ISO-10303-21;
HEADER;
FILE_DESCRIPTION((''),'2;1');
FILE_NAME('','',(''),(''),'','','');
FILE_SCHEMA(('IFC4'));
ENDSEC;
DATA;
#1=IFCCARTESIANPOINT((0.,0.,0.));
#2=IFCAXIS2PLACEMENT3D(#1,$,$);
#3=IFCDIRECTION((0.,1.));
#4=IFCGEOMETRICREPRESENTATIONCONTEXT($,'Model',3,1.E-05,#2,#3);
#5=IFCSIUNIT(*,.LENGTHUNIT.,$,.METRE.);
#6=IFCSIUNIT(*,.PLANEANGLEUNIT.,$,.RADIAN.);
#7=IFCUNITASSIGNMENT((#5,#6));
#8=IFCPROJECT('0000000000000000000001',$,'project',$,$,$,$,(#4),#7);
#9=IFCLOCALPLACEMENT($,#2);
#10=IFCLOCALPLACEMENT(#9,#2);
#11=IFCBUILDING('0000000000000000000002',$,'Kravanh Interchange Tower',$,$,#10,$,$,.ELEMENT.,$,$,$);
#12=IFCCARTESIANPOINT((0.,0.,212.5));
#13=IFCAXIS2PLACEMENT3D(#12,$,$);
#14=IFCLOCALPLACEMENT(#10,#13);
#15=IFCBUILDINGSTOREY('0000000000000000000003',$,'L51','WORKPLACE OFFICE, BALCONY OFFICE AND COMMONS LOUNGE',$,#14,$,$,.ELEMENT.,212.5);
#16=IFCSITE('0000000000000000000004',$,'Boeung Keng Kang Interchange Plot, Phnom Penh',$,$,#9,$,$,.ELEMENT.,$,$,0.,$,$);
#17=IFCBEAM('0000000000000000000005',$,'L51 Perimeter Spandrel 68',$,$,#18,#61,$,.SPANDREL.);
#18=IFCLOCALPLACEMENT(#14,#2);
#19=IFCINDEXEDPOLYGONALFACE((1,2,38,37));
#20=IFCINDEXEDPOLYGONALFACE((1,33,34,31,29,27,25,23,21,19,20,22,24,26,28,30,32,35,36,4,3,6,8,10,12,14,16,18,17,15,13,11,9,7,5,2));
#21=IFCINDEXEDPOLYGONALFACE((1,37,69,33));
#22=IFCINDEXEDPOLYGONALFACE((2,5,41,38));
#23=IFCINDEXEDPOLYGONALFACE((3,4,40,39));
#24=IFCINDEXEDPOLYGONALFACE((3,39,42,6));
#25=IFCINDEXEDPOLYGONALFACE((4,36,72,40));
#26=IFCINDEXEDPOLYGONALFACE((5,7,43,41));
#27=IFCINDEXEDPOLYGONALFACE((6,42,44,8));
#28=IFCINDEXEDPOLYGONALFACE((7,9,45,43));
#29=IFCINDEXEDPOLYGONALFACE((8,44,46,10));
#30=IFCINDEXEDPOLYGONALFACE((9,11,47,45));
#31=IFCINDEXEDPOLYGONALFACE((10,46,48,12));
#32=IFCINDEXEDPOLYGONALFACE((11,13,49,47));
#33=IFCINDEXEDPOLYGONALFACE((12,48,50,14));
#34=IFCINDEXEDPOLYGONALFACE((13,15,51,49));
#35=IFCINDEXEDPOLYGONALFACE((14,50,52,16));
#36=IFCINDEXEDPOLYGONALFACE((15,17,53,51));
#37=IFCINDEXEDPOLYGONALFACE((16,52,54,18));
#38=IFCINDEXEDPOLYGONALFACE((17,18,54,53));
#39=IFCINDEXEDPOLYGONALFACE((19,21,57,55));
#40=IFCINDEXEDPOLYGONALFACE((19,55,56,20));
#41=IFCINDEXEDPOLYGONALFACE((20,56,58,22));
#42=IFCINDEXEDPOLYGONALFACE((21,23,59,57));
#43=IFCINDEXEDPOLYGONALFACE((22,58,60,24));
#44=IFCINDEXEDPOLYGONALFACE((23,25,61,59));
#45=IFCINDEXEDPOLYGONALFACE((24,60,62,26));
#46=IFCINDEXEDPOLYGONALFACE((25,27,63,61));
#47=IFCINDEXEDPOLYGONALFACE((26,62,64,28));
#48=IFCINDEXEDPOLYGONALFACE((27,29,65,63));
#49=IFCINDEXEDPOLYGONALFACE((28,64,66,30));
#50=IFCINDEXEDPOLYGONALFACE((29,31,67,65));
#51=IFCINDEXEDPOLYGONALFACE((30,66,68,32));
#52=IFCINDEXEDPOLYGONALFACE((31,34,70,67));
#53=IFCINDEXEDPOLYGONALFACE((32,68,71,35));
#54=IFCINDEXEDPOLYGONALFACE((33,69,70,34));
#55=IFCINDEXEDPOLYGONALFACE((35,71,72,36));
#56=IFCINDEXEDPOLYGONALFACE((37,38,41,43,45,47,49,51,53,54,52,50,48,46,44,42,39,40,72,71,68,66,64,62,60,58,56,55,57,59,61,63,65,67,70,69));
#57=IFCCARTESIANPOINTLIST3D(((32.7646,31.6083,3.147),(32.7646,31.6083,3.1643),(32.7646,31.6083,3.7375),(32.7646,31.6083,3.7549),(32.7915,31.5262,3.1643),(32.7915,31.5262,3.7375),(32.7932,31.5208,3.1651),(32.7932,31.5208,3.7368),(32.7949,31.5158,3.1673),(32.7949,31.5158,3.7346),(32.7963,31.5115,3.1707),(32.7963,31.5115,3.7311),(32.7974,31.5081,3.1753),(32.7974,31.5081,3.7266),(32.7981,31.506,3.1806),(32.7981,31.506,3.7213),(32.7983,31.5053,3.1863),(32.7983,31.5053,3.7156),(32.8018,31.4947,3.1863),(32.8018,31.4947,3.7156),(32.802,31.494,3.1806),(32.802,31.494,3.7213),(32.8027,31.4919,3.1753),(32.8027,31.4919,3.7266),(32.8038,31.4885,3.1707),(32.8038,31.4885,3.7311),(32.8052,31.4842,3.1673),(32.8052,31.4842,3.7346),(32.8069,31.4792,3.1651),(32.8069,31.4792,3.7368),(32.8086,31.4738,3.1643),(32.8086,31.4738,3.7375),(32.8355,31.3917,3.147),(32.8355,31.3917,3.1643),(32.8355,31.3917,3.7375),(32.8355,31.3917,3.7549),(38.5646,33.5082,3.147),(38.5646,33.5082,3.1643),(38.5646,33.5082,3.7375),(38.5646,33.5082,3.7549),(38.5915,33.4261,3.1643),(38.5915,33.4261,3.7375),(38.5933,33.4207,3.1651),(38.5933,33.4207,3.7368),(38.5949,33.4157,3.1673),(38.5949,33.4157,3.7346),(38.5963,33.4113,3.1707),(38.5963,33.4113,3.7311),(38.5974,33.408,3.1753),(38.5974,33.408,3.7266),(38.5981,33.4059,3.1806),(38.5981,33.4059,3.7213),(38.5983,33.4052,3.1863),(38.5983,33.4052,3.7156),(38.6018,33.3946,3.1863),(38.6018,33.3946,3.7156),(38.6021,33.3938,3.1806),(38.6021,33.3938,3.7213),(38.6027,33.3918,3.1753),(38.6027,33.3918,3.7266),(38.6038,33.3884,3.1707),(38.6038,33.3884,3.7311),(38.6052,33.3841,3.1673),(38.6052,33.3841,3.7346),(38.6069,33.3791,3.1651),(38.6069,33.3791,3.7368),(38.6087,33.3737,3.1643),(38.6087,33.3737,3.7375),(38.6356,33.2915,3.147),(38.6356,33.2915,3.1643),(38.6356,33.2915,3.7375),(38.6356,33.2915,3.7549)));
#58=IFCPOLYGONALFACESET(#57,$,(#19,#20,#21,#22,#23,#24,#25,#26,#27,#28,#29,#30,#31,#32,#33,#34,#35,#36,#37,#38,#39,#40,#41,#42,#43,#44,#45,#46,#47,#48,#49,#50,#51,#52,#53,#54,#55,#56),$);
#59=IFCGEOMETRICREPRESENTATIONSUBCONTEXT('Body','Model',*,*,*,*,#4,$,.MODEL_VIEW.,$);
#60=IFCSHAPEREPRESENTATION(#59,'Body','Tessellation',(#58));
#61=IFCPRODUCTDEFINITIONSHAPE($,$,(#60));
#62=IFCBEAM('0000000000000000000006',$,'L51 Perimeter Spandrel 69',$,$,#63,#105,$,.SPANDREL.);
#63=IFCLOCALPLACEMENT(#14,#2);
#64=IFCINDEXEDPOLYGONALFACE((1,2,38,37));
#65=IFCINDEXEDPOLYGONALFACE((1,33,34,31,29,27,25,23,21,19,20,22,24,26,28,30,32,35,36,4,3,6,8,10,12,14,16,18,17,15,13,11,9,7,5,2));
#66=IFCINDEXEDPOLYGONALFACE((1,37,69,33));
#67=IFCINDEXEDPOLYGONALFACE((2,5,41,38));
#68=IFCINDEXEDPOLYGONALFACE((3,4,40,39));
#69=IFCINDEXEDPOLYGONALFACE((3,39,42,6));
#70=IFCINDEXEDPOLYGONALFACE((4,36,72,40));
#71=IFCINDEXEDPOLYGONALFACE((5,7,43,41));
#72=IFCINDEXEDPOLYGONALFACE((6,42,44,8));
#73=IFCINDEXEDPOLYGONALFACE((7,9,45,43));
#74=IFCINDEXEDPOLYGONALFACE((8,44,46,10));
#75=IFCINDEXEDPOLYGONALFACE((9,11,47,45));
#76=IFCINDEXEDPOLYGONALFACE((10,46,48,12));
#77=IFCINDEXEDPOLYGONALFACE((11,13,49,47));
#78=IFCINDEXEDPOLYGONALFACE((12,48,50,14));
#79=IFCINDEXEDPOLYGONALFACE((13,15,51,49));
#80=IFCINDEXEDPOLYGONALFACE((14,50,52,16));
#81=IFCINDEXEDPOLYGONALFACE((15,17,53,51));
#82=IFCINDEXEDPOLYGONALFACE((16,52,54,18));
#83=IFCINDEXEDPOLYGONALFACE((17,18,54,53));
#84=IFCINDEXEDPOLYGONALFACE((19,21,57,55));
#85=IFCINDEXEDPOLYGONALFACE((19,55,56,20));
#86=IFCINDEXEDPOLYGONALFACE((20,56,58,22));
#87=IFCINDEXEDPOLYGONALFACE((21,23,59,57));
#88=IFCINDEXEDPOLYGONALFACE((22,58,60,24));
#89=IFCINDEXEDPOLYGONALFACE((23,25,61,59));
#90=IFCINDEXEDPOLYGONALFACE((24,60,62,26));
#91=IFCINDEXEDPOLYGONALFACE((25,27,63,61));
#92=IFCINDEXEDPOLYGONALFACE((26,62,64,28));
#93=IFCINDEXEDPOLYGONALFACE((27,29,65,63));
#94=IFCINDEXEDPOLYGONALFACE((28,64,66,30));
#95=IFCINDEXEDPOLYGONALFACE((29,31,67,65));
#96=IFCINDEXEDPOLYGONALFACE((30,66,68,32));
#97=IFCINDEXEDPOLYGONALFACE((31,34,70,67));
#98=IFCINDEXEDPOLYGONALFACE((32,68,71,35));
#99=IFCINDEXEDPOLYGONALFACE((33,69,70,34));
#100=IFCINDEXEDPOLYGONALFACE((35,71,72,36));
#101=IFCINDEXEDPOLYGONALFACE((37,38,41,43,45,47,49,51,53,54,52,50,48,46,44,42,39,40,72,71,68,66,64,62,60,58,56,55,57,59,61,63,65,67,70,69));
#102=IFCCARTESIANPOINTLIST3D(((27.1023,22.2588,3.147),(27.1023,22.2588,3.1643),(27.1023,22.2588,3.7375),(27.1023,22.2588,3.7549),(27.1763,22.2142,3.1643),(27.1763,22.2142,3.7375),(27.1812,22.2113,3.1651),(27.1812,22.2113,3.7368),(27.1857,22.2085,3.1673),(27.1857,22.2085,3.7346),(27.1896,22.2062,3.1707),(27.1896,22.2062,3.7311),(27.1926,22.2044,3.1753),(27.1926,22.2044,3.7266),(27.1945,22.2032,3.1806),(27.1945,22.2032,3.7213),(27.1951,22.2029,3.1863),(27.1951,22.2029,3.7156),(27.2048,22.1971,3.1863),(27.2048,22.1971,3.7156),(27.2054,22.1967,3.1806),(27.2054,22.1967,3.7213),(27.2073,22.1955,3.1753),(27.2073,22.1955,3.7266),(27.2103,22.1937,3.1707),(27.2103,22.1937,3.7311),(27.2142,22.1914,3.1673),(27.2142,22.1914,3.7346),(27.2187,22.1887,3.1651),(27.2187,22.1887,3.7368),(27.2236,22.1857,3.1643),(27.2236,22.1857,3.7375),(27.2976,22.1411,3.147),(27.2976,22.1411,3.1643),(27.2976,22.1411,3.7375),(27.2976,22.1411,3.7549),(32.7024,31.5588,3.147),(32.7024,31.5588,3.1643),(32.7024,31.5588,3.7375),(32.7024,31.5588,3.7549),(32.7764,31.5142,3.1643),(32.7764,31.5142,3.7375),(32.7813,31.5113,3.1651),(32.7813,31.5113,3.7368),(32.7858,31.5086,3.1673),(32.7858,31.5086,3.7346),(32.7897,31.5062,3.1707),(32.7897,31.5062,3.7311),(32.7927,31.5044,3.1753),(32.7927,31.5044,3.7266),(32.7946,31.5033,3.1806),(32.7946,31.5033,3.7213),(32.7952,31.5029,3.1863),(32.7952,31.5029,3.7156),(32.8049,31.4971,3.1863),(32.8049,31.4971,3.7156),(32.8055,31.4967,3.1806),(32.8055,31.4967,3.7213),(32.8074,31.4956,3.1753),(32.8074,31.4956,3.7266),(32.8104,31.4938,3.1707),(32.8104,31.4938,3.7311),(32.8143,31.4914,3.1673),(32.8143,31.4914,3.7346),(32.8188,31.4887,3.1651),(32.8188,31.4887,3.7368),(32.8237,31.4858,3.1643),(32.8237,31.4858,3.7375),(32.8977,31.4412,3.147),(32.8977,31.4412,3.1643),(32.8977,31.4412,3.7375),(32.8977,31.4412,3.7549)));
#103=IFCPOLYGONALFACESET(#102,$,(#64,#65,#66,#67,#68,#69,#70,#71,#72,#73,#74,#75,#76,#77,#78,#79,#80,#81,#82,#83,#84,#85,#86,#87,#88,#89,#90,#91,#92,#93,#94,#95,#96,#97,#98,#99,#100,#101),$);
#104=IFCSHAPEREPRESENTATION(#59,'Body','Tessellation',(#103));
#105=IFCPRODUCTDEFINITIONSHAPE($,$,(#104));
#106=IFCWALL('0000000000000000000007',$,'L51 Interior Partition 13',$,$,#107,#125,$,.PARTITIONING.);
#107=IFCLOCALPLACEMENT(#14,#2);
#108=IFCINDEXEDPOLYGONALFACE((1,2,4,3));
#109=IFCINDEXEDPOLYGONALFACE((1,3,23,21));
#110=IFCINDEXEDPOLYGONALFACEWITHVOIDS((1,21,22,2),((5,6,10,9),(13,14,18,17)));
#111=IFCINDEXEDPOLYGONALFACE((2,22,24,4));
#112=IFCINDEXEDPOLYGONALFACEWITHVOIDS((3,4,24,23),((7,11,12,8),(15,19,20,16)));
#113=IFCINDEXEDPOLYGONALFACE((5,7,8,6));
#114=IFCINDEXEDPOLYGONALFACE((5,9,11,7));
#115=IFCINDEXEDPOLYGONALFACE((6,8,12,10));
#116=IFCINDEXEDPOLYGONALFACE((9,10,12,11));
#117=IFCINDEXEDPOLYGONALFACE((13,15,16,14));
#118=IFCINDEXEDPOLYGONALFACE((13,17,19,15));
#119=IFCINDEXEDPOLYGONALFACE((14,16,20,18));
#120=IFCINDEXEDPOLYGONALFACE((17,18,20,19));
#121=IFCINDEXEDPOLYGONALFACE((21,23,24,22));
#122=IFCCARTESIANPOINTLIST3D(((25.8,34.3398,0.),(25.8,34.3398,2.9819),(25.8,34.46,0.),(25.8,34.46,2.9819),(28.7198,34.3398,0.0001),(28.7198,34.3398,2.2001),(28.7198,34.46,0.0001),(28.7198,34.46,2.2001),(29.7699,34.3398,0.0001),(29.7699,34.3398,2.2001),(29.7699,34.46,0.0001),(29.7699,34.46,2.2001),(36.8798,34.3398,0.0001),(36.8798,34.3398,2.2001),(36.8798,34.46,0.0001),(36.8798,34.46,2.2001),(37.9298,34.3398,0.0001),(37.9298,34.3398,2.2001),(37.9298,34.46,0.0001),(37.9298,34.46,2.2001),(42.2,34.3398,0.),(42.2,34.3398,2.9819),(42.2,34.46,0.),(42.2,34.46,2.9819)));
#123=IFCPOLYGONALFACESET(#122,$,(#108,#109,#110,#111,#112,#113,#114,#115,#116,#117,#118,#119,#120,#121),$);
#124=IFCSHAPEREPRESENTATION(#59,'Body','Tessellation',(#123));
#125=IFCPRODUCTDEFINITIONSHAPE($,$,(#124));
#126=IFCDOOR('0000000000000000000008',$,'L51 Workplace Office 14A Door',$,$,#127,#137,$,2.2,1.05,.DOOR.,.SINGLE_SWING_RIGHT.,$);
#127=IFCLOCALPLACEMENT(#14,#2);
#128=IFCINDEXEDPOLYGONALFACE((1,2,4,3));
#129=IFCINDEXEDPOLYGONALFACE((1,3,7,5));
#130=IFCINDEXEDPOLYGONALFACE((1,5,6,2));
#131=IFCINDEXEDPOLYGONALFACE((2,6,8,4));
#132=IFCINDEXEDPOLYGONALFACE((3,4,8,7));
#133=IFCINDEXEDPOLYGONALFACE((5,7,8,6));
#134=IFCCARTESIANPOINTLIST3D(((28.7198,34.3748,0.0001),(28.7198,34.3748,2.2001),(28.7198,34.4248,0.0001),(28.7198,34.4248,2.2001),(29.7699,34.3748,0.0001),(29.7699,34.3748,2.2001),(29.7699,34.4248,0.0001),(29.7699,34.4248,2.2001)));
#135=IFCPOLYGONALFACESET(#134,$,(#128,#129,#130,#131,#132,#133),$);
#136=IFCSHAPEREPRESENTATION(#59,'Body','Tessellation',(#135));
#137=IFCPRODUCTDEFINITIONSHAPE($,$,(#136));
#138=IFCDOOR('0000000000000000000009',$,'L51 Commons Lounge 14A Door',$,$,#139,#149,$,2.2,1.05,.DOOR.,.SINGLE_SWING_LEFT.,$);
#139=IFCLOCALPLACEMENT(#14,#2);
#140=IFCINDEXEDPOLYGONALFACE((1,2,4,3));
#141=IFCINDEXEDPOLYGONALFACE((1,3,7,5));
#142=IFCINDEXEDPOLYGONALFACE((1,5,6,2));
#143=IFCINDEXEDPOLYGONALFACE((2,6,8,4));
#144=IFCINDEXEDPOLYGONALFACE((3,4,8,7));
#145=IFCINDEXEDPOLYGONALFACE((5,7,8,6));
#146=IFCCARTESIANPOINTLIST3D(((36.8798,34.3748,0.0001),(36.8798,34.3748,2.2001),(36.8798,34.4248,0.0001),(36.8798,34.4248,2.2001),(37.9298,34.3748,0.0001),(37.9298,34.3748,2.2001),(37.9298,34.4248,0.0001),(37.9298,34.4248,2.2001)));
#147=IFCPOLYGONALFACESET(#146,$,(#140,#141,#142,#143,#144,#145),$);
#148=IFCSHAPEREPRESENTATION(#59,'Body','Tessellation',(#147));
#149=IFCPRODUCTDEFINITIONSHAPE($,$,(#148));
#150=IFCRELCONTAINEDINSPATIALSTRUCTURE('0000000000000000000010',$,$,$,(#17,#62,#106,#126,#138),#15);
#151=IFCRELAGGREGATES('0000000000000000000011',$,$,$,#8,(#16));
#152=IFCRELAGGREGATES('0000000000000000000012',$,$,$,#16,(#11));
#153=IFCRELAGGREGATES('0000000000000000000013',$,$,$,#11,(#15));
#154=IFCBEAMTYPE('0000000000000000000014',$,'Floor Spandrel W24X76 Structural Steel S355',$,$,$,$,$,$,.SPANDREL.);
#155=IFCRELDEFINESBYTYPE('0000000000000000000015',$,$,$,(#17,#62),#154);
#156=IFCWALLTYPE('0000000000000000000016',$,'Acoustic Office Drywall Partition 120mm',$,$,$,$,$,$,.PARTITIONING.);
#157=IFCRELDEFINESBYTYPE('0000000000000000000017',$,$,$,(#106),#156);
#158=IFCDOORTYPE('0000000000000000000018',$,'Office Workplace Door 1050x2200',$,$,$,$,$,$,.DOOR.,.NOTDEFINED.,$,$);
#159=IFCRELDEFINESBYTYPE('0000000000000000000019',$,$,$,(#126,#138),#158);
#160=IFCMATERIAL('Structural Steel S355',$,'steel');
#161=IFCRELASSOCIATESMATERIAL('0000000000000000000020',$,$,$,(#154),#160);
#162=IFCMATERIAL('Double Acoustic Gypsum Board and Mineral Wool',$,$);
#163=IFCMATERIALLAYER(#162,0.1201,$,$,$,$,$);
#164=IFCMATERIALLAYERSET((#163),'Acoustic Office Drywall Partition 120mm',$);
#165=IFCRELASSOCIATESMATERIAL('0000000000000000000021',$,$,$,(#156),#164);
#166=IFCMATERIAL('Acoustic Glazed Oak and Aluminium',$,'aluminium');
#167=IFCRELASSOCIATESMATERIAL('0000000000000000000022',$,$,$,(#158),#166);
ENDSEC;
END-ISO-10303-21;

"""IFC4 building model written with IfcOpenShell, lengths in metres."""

from ifc_helpers import new_model, si_unit, direction, frame, frame_2d, origin, origin_2d, place, context, subcontext, project, spatial, rectangle, i_section, extrude, material, layer, layer_set, material_profile, profile_set, type_object, element, fill, save


model = new_model("IFC4")

# Units and contexts
model_context = context("Model", 3, precision=1e-05, world=origin(), true_north=direction((0.0, 1.0)))
body_context = subcontext(model_context, "Body", "Model", "MODEL_VIEW")
ifc_project = project(units=[si_unit("LENGTHUNIT", "METRE"), si_unit("PLANEANGLEUNIT", "RADIAN")], contexts=[model_context])

# Site, building, storey
site_placement = place(None, origin())
site = spatial("IfcSite", under=ifc_project, at=site_placement, Name="Boeung Keng Kang Interchange Plot, Phnom Penh", CompositionType="ELEMENT", RefElevation=0.0)
building_placement = place(site_placement, origin())
building = spatial("IfcBuilding", under=site, at=building_placement, Name="Kravanh Interchange Tower", CompositionType="ELEMENT")
storey_placement = place(building_placement, frame((0.0, 0.0, 212.5)))
storey = spatial("IfcBuildingStorey", under=building, at=storey_placement, Name="L51", Description="WORKPLACE OFFICE, BALCONY OFFICE AND COMMONS LOUNGE", CompositionType="ELEMENT", Elevation=212.5)

# Beams
ifc_material_1 = material(Name="Structural Steel S355", Category="steel")
ifc_material_profile_1 = material_profile(ifc_material_1, i_section(OverallWidth=0.228, OverallDepth=0.6079, WebThickness=0.0112, FlangeThickness=0.0173, FilletRadius=0.022, at=origin_2d()), Name="W24X76")
ifc_profile_set_1 = profile_set([ifc_material_profile_1], Name="Structural Steel S355")
beam_type_1 = type_object("IfcBeamType", Name="Floor Spandrel W24X76 Structural Steel S355", PredefinedType="SPANDREL", material=ifc_profile_set_1)
beam_1_placement = place(storey_placement, frame((32.8, 31.5, 3.4509), z_axis=(0.950315, 0.311291, 0.0), x_axis=(-0.311291, 0.950315, 0.0)))
element("IfcBeam", 1, at=beam_1_placement, inside=storey, type_object=beam_type_1, Name="L51 Perimeter Spandrel 68", PredefinedType="SPANDREL", context=body_context, shape_type="SweptSolid", body=[
    extrude(i_section(OverallWidth=0.228, OverallDepth=0.6079, WebThickness=0.0112, FlangeThickness=0.0173, FilletRadius=0.022, at=origin_2d()), origin(), (0.0, 0.0, 1.0), 6.1033),
])
beam_2_placement = place(storey_placement, frame((32.8, 31.5, 3.4509), z_axis=(-0.515854, -0.856676, 0.0), x_axis=(0.856676, -0.515854, 0.0)))
element("IfcBeam", 2, at=beam_2_placement, inside=storey, type_object=beam_type_1, Name="L51 Perimeter Spandrel 69", PredefinedType="SPANDREL", context=body_context, shape_type="SweptSolid", body=[
    extrude(i_section(OverallWidth=0.228, OverallDepth=0.6079, WebThickness=0.0112, FlangeThickness=0.0173, FilletRadius=0.022, at=origin_2d()), origin(), (0.0, 0.0, 1.0), 10.856),
])

# Wall, openings, doors
ifc_material_2 = material(Name="Double Acoustic Gypsum Board and Mineral Wool")
ifc_layer = layer(ifc_material_2, 0.1201)
ifc_layer_set = layer_set([ifc_layer], Name="Acoustic Office Drywall Partition 120mm")
wall_type = type_object("IfcWallType", Name="Acoustic Office Drywall Partition 120mm", PredefinedType="PARTITIONING", material=ifc_layer_set)
wall_placement = place(storey_placement, frame((25.8, 34.3999, 0.0), z_axis=(0.0, 0.0, 1.0), x_axis=(1.0, 0.0, 0.0)))
wall = element("IfcWall", 3, at=wall_placement, inside=storey, type_object=wall_type, Name="L51 Interior Partition 13", PredefinedType="PARTITIONING", context=body_context, shape_type="SweptSolid", body=[
    extrude(rectangle(XDim=16.3999, YDim=0.1201, at=frame_2d((8.2, 0.0))), origin(), (0.0, 0.0, 1.0), 2.9819),
])
opening_1_placement = place(wall_placement, frame((2.9199, 0.0, 0.0)))
opening_1 = element("IfcOpeningElement", 4, at=opening_1_placement, cuts=wall, PredefinedType="OPENING", context=body_context, shape_type="SweptSolid", body=[
    extrude(rectangle(XDim=1.05, YDim=2.2, at=frame_2d((0.5249, 1.1001))), frame((0.0, 0.0701, 0.0), z_axis=(0.0, -1.0, 0.0), x_axis=(1.0, 0.0, 0.0)), (0.0, 0.0, 1.0), 0.1401),
])
opening_2_placement = place(wall_placement, frame((11.0798, 0.0, 0.0)))
opening_2 = element("IfcOpeningElement", 5, at=opening_2_placement, cuts=wall, PredefinedType="OPENING", context=body_context, shape_type="SweptSolid", body=[
    extrude(rectangle(XDim=1.05, YDim=2.2, at=frame_2d((0.5249, 1.1001))), frame((0.0, 0.0701, 0.0), z_axis=(0.0, -1.0, 0.0), x_axis=(1.0, 0.0, 0.0)), (0.0, 0.0, 1.0), 0.1401),
])
ifc_material_3 = material(Name="Acoustic Glazed Oak and Aluminium", Category="aluminium")
door_type = type_object("IfcDoorType", Name="Office Workplace Door 1050x2200", OperationType="NOTDEFINED", PredefinedType="DOOR", material=ifc_material_3)
door_1_placement = place(opening_1_placement, origin())
door_1 = element("IfcDoor", 6, at=door_1_placement, inside=storey, type_object=door_type, Name="L51 Workplace Office 14A Door", OperationType="SINGLE_SWING_RIGHT", OverallHeight=2.2, OverallWidth=1.05, PredefinedType="DOOR", context=body_context, shape_type="SweptSolid", body=[
    extrude(rectangle(XDim=1.05, YDim=2.2, at=frame_2d((0.5249, 1.1001))), frame((0.0, 0.0249, 0.0), z_axis=(0.0, -1.0, 0.0), x_axis=(1.0, 0.0, 0.0)), (0.0, 0.0, 1.0), 0.05),
])
fill(opening_1, door_1)
door_2_placement = place(opening_2_placement, origin())
door_2 = element("IfcDoor", 7, at=door_2_placement, inside=storey, type_object=door_type, Name="L51 Commons Lounge 14A Door", OperationType="SINGLE_SWING_LEFT", OverallHeight=2.2, OverallWidth=1.05, PredefinedType="DOOR", context=body_context, shape_type="SweptSolid", body=[
    extrude(rectangle(XDim=1.05, YDim=2.2, at=frame_2d((0.5249, 1.1001))), frame((0.0, 0.0249, 0.0), z_axis=(0.0, -1.0, 0.0), x_axis=(1.0, 0.0, 0.0)), (0.0, 0.0, 1.0), 0.05),
])
fill(opening_2, door_2)

save(model, "model.ifc")
